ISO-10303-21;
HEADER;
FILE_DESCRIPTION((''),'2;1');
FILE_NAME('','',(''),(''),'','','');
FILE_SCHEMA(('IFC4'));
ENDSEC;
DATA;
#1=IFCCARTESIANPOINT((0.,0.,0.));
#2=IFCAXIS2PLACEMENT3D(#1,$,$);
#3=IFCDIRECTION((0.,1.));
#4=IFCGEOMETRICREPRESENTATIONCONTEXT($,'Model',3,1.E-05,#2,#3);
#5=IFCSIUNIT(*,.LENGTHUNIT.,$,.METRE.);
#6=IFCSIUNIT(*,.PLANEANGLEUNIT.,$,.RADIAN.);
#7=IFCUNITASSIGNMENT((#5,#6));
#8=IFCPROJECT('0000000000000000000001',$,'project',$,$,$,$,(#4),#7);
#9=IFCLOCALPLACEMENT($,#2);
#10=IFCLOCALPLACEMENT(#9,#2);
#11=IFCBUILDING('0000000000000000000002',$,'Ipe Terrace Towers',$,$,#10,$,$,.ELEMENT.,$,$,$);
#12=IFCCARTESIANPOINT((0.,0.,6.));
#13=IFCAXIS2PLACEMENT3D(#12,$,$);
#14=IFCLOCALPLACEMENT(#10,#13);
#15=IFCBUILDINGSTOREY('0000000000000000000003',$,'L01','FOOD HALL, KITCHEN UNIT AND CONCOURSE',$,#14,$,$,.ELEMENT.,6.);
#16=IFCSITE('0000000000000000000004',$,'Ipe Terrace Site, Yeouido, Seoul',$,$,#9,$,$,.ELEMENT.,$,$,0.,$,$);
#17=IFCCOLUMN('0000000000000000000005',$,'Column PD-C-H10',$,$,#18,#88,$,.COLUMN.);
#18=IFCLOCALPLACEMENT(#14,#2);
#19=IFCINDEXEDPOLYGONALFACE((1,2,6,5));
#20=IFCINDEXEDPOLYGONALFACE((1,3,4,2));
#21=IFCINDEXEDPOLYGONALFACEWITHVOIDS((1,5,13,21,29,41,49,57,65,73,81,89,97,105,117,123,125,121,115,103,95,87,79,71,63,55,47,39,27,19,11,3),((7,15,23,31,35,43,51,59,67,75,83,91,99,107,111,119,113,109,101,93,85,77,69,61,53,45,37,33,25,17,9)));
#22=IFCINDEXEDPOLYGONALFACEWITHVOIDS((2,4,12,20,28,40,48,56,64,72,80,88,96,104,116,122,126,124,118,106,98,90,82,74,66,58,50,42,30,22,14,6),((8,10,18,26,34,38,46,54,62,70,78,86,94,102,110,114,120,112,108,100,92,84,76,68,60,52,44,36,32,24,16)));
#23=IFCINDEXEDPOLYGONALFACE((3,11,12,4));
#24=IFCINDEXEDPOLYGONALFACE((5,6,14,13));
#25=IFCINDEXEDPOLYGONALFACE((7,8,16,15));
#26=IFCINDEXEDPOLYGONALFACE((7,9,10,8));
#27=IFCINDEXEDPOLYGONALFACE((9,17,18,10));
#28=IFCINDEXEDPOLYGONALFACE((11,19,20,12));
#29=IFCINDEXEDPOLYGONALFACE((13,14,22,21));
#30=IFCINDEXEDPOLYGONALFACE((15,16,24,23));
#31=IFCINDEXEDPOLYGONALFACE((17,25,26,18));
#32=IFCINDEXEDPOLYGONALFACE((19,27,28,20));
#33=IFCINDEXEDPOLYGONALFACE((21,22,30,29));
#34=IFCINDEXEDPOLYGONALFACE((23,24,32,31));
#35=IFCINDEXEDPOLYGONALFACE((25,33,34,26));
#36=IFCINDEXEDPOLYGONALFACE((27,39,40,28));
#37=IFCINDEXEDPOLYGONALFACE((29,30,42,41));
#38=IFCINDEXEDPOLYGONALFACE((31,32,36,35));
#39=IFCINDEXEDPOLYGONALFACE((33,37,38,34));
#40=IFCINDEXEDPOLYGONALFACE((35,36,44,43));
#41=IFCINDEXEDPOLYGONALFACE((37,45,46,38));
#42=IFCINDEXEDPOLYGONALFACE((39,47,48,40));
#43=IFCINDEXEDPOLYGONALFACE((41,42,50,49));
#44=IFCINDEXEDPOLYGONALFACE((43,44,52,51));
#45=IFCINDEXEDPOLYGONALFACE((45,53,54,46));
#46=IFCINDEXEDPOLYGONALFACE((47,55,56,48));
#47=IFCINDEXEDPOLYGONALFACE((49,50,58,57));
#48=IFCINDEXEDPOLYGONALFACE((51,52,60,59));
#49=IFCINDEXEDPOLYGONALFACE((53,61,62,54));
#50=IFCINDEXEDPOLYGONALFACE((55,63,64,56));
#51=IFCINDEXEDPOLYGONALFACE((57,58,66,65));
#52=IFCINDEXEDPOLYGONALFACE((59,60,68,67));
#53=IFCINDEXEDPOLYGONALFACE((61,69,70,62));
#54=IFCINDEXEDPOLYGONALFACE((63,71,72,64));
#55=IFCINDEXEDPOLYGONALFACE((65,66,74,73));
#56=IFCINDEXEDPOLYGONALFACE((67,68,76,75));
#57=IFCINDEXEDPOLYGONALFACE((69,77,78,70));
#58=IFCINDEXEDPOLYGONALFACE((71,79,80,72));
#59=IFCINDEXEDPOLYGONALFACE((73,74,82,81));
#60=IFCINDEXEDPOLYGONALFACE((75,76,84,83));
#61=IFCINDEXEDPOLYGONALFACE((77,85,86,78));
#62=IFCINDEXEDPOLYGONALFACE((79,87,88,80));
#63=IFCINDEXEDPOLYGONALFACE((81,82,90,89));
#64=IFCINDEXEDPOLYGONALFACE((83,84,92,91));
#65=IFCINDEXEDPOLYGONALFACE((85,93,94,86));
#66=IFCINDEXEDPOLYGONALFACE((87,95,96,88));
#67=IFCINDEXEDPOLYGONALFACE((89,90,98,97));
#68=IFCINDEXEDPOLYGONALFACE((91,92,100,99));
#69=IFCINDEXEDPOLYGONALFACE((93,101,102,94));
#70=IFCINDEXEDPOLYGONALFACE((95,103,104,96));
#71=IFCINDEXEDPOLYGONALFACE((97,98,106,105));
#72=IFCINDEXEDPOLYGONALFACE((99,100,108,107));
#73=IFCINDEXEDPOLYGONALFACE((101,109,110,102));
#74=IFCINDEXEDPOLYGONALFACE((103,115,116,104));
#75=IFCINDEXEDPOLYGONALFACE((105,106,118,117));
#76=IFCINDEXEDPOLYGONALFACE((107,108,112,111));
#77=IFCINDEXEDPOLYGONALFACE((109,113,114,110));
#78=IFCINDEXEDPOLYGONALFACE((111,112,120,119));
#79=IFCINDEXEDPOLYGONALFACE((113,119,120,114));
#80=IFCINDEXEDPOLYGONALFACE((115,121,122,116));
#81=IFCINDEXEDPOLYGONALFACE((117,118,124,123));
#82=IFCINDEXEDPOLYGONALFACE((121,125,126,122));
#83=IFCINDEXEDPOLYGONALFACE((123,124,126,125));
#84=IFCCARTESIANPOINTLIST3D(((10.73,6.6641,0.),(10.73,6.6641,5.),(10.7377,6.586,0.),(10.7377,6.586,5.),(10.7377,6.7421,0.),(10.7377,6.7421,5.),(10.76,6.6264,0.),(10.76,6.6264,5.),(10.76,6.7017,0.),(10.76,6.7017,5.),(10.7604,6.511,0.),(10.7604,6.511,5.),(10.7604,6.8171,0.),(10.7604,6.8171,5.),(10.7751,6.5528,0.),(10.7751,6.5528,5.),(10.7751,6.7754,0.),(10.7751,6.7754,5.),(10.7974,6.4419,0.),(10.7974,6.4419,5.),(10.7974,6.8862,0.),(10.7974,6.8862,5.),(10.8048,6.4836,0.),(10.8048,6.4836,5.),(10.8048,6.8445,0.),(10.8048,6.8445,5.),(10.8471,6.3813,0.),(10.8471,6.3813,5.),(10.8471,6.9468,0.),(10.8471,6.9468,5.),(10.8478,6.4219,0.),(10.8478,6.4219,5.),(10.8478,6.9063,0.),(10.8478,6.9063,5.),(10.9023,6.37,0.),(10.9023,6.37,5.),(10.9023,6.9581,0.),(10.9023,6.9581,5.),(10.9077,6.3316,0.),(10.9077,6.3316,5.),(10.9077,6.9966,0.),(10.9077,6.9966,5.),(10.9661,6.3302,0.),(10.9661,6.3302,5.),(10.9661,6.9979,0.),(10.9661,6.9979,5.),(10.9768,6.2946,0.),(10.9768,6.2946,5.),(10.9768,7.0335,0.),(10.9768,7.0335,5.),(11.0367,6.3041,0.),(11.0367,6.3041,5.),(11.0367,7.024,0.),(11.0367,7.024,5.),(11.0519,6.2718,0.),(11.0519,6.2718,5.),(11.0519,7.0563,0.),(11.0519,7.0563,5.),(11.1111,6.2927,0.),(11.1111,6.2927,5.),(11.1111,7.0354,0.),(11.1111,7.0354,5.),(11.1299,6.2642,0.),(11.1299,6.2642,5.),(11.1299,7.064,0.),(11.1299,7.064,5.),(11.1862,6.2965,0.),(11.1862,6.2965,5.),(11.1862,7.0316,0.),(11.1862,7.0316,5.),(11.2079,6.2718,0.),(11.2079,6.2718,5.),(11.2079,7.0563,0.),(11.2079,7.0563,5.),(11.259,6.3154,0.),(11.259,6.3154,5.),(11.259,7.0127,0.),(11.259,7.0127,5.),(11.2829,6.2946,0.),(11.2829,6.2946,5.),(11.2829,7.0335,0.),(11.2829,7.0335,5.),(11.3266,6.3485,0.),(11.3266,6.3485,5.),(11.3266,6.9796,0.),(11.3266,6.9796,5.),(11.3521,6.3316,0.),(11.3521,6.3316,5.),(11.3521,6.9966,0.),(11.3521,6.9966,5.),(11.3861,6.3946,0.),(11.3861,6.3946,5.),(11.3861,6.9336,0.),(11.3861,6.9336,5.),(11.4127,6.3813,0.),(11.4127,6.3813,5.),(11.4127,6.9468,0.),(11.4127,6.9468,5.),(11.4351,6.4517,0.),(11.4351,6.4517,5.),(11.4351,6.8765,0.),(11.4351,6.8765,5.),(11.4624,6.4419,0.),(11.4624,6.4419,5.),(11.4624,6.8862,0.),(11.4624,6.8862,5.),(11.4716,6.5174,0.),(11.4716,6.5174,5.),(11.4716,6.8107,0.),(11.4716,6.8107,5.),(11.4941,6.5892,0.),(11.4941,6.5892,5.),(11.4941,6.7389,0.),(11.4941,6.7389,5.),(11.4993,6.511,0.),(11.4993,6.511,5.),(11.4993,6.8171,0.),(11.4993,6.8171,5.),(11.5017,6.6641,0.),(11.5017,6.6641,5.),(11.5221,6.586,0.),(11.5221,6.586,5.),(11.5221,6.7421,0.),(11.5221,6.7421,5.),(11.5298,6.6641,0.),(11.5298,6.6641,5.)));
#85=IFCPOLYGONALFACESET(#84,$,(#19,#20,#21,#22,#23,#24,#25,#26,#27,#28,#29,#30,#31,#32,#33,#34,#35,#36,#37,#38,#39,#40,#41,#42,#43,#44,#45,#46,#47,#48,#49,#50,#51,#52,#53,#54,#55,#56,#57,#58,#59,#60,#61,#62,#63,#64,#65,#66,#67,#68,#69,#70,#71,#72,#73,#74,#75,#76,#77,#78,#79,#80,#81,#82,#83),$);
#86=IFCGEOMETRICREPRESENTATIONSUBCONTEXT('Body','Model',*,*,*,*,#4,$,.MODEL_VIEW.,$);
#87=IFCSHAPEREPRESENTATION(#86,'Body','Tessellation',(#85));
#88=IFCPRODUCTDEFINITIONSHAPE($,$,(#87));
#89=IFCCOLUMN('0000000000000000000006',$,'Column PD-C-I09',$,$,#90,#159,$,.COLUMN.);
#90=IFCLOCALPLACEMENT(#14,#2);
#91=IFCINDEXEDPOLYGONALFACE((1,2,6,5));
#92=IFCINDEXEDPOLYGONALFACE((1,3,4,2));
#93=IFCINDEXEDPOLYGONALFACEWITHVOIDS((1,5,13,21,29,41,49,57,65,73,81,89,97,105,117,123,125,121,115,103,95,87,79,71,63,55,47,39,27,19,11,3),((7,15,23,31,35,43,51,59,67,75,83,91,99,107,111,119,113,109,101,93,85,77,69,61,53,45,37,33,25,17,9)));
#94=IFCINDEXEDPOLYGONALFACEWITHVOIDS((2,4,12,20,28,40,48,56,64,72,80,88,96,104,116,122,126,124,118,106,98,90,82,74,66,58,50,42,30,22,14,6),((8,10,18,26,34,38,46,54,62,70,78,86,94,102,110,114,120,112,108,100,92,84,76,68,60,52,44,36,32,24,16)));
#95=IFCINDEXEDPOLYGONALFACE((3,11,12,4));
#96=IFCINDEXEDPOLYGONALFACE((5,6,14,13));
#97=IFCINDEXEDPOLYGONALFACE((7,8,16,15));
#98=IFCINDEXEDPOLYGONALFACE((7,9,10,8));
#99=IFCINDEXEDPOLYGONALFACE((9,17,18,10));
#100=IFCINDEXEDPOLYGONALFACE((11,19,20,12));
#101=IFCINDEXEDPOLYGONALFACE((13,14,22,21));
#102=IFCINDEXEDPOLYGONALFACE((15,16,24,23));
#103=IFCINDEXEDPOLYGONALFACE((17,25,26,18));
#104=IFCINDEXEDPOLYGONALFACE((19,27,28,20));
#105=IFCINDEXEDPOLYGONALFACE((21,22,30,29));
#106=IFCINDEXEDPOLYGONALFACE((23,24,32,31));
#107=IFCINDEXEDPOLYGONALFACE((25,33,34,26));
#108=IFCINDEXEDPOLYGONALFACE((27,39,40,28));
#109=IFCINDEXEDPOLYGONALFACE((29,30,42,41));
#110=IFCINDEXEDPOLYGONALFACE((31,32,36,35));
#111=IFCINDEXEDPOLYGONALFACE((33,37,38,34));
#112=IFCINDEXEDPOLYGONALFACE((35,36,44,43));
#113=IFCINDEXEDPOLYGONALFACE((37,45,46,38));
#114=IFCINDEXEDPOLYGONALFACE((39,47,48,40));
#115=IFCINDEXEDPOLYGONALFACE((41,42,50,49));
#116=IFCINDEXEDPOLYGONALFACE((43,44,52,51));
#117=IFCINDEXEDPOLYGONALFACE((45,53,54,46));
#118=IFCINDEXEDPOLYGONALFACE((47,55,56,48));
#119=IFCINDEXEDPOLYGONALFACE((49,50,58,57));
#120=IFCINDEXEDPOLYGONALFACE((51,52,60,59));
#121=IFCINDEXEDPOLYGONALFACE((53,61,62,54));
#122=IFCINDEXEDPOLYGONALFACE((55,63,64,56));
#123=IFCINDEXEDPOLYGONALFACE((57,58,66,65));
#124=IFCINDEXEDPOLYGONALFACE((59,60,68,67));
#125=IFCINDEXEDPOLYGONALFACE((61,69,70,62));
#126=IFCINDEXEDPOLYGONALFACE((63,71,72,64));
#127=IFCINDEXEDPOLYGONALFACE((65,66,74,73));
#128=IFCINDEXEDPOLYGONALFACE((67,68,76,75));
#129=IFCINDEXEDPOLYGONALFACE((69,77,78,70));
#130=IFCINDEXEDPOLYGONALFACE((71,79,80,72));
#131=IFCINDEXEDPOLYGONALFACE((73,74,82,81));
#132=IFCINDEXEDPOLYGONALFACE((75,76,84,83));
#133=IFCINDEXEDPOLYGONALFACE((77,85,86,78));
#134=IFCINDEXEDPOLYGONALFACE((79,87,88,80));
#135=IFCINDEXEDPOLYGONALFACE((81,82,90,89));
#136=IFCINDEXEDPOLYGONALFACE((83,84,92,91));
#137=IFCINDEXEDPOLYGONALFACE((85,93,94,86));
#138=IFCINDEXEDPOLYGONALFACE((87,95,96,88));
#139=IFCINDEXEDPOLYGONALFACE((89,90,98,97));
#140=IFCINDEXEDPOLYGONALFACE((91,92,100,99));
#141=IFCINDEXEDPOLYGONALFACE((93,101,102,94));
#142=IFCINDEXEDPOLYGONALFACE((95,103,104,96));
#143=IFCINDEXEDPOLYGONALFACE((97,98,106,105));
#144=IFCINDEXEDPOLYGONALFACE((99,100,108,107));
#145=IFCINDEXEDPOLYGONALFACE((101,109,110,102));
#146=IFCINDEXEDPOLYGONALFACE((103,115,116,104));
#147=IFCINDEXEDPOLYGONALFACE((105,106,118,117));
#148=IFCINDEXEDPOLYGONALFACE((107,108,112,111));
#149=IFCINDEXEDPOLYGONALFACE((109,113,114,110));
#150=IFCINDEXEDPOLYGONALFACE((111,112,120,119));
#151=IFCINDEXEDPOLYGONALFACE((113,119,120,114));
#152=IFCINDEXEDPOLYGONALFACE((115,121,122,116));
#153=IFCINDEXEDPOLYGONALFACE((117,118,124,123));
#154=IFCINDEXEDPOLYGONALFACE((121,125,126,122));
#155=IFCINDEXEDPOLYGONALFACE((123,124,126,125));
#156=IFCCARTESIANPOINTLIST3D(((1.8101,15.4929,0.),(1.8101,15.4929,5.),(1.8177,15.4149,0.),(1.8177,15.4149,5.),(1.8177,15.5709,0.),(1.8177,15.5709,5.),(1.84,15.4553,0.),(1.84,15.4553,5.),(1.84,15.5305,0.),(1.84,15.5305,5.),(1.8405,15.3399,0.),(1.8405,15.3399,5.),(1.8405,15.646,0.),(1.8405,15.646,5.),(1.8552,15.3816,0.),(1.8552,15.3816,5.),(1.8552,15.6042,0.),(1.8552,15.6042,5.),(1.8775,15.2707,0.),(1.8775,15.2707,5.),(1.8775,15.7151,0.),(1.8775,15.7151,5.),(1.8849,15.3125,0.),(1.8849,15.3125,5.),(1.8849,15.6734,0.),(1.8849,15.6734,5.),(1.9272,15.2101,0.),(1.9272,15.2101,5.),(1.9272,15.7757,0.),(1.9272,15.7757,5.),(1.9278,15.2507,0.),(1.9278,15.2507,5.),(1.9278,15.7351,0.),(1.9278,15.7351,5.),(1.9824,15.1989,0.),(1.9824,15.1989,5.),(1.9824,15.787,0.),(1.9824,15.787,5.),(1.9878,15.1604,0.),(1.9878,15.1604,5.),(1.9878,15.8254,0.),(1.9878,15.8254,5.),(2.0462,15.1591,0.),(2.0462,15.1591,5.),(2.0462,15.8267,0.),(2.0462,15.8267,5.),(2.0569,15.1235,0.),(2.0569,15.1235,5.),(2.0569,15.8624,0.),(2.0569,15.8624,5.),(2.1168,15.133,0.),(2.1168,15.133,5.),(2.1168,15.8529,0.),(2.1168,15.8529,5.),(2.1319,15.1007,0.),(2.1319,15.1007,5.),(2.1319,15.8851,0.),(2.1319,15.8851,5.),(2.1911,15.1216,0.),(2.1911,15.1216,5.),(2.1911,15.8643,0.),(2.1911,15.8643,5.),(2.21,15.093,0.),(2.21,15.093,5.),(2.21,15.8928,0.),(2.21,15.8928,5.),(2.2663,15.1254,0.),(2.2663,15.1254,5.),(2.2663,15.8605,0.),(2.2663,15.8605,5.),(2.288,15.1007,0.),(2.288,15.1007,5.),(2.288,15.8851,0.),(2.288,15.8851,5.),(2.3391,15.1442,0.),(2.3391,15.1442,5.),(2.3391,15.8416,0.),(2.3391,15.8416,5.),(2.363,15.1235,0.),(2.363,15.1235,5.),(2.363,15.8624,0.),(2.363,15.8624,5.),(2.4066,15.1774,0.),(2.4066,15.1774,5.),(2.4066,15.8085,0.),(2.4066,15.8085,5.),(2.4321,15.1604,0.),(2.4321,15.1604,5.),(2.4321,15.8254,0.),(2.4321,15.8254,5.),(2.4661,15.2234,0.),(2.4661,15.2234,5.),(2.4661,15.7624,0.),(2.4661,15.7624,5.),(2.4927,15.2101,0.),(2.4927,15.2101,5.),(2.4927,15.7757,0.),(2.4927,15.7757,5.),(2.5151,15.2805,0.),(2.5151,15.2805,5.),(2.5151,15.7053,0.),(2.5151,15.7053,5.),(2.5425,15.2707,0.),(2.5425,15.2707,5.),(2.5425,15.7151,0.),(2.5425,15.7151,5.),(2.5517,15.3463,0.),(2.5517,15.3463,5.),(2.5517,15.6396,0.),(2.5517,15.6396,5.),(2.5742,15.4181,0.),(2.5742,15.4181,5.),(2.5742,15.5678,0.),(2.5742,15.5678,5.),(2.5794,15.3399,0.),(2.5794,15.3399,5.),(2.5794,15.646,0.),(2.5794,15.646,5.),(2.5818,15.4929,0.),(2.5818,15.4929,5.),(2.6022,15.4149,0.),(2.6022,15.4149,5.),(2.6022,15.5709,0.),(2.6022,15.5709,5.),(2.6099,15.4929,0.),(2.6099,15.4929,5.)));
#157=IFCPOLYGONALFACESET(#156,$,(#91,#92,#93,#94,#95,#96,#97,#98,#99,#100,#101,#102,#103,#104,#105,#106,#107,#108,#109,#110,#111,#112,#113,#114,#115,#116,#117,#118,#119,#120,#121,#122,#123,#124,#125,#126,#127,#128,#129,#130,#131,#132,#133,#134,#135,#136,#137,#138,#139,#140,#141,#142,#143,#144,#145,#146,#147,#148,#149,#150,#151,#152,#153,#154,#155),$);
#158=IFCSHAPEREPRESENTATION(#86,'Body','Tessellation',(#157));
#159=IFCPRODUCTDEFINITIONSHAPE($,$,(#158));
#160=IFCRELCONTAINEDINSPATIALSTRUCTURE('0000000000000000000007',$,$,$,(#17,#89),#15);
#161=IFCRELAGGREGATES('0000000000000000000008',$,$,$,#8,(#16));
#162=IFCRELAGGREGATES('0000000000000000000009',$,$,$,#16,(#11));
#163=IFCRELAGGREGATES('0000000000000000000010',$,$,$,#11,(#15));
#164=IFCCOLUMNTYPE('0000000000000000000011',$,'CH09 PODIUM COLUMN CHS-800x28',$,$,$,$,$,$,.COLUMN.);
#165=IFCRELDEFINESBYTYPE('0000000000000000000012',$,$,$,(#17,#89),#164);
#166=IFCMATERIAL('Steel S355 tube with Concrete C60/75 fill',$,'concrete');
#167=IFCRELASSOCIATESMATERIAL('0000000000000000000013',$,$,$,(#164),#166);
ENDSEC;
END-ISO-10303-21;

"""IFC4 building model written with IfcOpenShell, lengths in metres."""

from ifc_helpers import new_model, si_unit, direction, frame, origin, origin_2d, place, context, subcontext, project, spatial, hollow_circle, extrude, material, material_profile, profile_set, type_object, element, save


model = new_model("IFC4")

# Units and contexts
model_context = context("Model", 3, precision=1e-05, world=origin(), true_north=direction((0.0, 1.0)))
body_context = subcontext(model_context, "Body", "Model", "MODEL_VIEW")
ifc_project = project(units=[si_unit("LENGTHUNIT", "METRE"), si_unit("PLANEANGLEUNIT", "RADIAN")], contexts=[model_context])

# Site, building, storey
site_placement = place(None, origin())
site = spatial("IfcSite", under=ifc_project, at=site_placement, Name="Ipe Terrace Site, Yeouido, Seoul", CompositionType="ELEMENT", RefElevation=0.0)
building_placement = place(site_placement, origin())
building = spatial("IfcBuilding", under=site, at=building_placement, Name="Ipe Terrace Towers", CompositionType="ELEMENT")
storey_placement = place(building_placement, frame((0.0, 0.0, 6.0)))
storey = spatial("IfcBuildingStorey", under=building, at=storey_placement, Name="L01", Description="FOOD HALL, KITCHEN UNIT AND CONCOURSE", CompositionType="ELEMENT", Elevation=6.0)

# Columns
ifc_material_1 = material(Name="Steel S355 tube with Concrete C60/75 fill", Category="concrete")
ifc_material_profile_1 = material_profile(ifc_material_1, hollow_circle(Radius=0.3999, WallThickness=0.0281, at=origin_2d()), Name="CHS-800x28")
ifc_profile_set_1 = profile_set([ifc_material_profile_1], Name="Steel S355 tube with Concrete C60/75 fill")
column_type = type_object("IfcColumnType", Name="CH09 PODIUM COLUMN CHS-800x28", PredefinedType="COLUMN", material=ifc_profile_set_1)
for number, where, z_axis, x_axis, name in (
    (1, (11.1299, 6.6641, 0.0), (0.0, 0.0, 1.0), (1.0, 0.0, 0.0), "Column PD-C-H10"),
    (2, (2.21, 15.4929, 0.0), (0.0, 0.0, 1.0), (1.0, 0.0, 0.0), "Column PD-C-I09"),
):
    element("IfcColumn", number, at=place(storey_placement, frame(where, z_axis=z_axis, x_axis=x_axis)), inside=storey, type_object=column_type, Name=name, PredefinedType="COLUMN", context=body_context, shape_type="SweptSolid", body=[
        extrude(hollow_circle(Radius=0.3999, WallThickness=0.0281, at=origin_2d()), origin(), (0.0, 0.0, 1.0), 5.0),
    ])

save(model, "model.ifc")
